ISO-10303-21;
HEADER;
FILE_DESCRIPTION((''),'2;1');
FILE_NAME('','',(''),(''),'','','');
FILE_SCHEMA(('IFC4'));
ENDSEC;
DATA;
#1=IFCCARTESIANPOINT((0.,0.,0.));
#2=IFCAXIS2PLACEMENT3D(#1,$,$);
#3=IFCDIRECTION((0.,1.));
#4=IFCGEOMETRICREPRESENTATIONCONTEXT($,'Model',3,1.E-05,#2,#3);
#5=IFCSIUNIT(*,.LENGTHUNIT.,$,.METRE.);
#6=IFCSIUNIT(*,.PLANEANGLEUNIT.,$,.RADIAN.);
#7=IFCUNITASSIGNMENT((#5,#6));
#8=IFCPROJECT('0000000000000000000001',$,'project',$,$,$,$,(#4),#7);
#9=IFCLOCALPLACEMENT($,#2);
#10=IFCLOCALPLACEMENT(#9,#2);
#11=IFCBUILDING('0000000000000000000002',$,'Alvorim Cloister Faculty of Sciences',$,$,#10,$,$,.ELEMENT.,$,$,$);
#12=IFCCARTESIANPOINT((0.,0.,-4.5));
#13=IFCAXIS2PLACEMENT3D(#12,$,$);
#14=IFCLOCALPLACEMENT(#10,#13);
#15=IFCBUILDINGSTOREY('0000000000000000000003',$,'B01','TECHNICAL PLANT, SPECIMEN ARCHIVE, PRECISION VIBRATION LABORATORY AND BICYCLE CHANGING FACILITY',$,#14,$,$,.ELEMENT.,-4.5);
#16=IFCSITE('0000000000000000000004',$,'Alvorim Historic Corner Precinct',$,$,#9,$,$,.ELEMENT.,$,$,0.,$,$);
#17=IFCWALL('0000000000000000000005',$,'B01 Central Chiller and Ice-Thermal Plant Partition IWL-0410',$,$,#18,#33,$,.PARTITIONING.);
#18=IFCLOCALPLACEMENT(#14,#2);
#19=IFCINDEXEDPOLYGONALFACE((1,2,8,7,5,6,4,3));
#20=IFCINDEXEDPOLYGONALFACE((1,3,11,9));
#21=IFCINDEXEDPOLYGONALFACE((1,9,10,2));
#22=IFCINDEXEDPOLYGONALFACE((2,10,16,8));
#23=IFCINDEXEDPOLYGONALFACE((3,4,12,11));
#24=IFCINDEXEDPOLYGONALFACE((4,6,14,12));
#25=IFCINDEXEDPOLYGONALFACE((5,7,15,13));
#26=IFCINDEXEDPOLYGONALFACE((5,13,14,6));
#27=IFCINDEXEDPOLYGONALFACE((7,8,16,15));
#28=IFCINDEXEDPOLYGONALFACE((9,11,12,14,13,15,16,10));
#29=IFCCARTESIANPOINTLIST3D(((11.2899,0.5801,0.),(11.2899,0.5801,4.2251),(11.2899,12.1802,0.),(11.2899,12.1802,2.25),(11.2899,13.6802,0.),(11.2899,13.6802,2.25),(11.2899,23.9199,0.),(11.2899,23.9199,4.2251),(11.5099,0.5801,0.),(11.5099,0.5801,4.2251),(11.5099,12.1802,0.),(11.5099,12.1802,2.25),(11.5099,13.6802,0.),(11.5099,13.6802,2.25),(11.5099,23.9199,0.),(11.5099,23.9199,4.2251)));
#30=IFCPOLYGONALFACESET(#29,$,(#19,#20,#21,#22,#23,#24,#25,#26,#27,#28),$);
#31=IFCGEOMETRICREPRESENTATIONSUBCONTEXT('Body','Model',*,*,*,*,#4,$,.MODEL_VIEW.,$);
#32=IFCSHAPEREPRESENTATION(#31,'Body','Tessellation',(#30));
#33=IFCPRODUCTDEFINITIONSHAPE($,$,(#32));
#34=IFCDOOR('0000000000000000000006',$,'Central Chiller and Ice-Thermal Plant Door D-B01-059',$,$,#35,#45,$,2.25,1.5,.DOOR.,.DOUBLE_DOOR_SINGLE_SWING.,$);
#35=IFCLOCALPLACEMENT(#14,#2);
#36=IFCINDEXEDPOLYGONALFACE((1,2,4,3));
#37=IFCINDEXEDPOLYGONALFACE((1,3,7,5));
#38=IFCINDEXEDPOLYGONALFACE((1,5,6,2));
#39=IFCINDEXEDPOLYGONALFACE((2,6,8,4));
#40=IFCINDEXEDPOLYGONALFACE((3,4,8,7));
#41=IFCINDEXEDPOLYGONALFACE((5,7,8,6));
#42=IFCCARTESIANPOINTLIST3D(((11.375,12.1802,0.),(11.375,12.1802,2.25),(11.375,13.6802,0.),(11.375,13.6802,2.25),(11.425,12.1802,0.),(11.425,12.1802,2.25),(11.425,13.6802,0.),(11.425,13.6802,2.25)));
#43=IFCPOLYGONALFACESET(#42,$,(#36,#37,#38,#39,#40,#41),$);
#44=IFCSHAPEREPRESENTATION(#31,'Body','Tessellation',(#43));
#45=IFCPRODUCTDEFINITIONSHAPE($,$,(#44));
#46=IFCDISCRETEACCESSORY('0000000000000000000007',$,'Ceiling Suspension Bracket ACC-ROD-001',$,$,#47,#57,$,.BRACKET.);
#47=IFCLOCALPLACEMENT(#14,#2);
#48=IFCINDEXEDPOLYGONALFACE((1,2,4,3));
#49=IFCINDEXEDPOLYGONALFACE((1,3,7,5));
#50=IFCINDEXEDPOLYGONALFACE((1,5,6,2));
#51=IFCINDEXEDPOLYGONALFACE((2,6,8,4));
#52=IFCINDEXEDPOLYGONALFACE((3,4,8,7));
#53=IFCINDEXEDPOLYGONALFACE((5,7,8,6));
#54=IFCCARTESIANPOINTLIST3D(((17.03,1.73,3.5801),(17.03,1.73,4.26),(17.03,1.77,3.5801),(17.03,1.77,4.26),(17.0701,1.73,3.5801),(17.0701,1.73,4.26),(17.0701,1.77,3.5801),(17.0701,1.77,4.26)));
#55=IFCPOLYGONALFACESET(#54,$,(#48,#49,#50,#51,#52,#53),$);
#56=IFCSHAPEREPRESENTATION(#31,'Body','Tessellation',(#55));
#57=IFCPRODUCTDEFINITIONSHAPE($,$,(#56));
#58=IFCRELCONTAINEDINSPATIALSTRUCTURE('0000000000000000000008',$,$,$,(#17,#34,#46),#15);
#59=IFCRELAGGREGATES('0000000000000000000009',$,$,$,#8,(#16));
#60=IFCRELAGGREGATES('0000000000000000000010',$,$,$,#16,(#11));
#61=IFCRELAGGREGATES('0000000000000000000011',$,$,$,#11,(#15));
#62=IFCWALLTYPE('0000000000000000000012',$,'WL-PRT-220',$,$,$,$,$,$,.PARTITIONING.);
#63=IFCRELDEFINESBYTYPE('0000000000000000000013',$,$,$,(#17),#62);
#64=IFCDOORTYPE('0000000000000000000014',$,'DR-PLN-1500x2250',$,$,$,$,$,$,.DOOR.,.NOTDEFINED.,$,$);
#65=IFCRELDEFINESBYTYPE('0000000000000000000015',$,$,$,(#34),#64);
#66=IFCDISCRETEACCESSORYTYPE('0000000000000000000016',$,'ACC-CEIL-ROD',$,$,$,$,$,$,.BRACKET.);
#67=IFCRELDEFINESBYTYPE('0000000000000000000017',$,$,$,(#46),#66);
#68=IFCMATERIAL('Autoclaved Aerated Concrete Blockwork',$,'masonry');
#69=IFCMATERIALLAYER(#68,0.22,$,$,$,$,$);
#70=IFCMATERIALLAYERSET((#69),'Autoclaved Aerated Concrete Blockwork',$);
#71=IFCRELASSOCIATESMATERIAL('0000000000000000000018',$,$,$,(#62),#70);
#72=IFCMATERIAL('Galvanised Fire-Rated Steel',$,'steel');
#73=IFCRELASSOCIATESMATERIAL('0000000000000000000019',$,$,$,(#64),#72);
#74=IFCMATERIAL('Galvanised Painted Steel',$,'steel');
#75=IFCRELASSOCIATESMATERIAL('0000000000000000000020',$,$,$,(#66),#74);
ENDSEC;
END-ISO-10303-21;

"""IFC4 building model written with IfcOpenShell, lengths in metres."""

from ifc_helpers import new_model, si_unit, direction, frame, frame_2d, origin, origin_2d, place, context, subcontext, project, spatial, rectangle, extrude, material, layer, layer_set, type_object, element, fill, save


model = new_model("IFC4")

# Units and contexts
model_context = context("Model", 3, precision=1e-05, world=origin(), true_north=direction((0.0, 1.0)))
body_context = subcontext(model_context, "Body", "Model", "MODEL_VIEW")
ifc_project = project(units=[si_unit("LENGTHUNIT", "METRE"), si_unit("PLANEANGLEUNIT", "RADIAN")], contexts=[model_context])

# Site, building, storey
site_placement = place(None, origin())
site = spatial("IfcSite", under=ifc_project, at=site_placement, Name="Alvorim Historic Corner Precinct", CompositionType="ELEMENT", RefElevation=0.0)
building_placement = place(site_placement, origin())
building = spatial("IfcBuilding", under=site, at=building_placement, Name="Alvorim Cloister Faculty of Sciences", CompositionType="ELEMENT")
storey_placement = place(building_placement, frame((0.0, 0.0, -4.5)))
storey = spatial("IfcBuildingStorey", under=building, at=storey_placement, Name="B01", Description="TECHNICAL PLANT, SPECIMEN ARCHIVE, PRECISION VIBRATION LABORATORY AND BICYCLE CHANGING FACILITY", CompositionType="ELEMENT", Elevation=-4.5)

# Wall, opening, door
ifc_material_1 = material(Name="Autoclaved Aerated Concrete Blockwork", Category="masonry")
ifc_layer_1 = layer(ifc_material_1, 0.22)
ifc_layer_set_1 = layer_set([ifc_layer_1], Name="Autoclaved Aerated Concrete Blockwork")
wall_type_1 = type_object("IfcWallType", Name="WL-PRT-220", PredefinedType="PARTITIONING", material=ifc_layer_set_1)
wall_1_placement = place(storey_placement, frame((11.3999, 0.5801, 0.0), z_axis=(0.0, 0.0, 1.0), x_axis=(0.0, 1.0, 0.0)))
wall_1 = element("IfcWall", 1, at=wall_1_placement, inside=storey, type_object=wall_type_1, Name="B01 Central Chiller and Ice-Thermal Plant Partition IWL-0410", PredefinedType="PARTITIONING", context=body_context, shape_type="SweptSolid", body=[
    extrude(rectangle(XDim=23.3398, YDim=0.22, at=frame_2d((11.6699, 0.0))), origin(), (0.0, 0.0, 1.0), 4.2251),
])
opening_1_placement = place(wall_1_placement, frame((11.6001, 0.0, 0.0)))
opening_1 = element("IfcOpeningElement", 2, at=opening_1_placement, cuts=wall_1, PredefinedType="OPENING", context=body_context, shape_type="SweptSolid", body=[
    extrude(rectangle(XDim=1.5, YDim=2.25, at=frame_2d((0.75, 1.125))), frame((0.0, 0.1221, 0.0), z_axis=(0.0, -1.0, 0.0), x_axis=(1.0, 0.0, 0.0)), (0.0, 0.0, 1.0), 0.2439),
])
ifc_material_2 = material(Name="Galvanised Fire-Rated Steel", Category="steel")
door_type_1 = type_object("IfcDoorType", Name="DR-PLN-1500x2250", OperationType="NOTDEFINED", PredefinedType="DOOR", material=ifc_material_2)
door_1_placement = place(opening_1_placement, origin())
door_1 = element("IfcDoor", 3, at=door_1_placement, inside=storey, type_object=door_type_1, Name="Central Chiller and Ice-Thermal Plant Door D-B01-059", OperationType="DOUBLE_DOOR_SINGLE_SWING", OverallHeight=2.25, OverallWidth=1.5, PredefinedType="DOOR", context=body_context, shape_type="SweptSolid", body=[
    extrude(rectangle(XDim=1.5, YDim=2.25, at=frame_2d((0.75, 1.125))), frame((0.0, 0.0249, 0.0), z_axis=(0.0, -1.0, 0.0), x_axis=(1.0, 0.0, 0.0)), (0.0, 0.0, 1.0), 0.05),
])
fill(opening_1, door_1)

# Discrete accessory
ifc_material_3 = material(Name="Galvanised Painted Steel", Category="steel")
discrete_accessory_type = type_object("IfcDiscreteAccessoryType", Name="ACC-CEIL-ROD", PredefinedType="BRACKET", material=ifc_material_3)
discrete_accessory_placement = place(storey_placement, frame((17.05, 1.75, 3.5801), z_axis=(0.0, 0.0, 1.0), x_axis=(1.0, 0.0, 0.0)))
element("IfcDiscreteAccessory", 4, at=discrete_accessory_placement, inside=storey, type_object=discrete_accessory_type, Name="Ceiling Suspension Bracket ACC-ROD-001", PredefinedType="BRACKET", context=body_context, shape_type="SweptSolid", body=[
    extrude(rectangle(XDim=0.04, YDim=0.04, at=origin_2d()), origin(), (0.0, 0.0, 1.0), 0.6799),
])

save(model, "model.ifc")
